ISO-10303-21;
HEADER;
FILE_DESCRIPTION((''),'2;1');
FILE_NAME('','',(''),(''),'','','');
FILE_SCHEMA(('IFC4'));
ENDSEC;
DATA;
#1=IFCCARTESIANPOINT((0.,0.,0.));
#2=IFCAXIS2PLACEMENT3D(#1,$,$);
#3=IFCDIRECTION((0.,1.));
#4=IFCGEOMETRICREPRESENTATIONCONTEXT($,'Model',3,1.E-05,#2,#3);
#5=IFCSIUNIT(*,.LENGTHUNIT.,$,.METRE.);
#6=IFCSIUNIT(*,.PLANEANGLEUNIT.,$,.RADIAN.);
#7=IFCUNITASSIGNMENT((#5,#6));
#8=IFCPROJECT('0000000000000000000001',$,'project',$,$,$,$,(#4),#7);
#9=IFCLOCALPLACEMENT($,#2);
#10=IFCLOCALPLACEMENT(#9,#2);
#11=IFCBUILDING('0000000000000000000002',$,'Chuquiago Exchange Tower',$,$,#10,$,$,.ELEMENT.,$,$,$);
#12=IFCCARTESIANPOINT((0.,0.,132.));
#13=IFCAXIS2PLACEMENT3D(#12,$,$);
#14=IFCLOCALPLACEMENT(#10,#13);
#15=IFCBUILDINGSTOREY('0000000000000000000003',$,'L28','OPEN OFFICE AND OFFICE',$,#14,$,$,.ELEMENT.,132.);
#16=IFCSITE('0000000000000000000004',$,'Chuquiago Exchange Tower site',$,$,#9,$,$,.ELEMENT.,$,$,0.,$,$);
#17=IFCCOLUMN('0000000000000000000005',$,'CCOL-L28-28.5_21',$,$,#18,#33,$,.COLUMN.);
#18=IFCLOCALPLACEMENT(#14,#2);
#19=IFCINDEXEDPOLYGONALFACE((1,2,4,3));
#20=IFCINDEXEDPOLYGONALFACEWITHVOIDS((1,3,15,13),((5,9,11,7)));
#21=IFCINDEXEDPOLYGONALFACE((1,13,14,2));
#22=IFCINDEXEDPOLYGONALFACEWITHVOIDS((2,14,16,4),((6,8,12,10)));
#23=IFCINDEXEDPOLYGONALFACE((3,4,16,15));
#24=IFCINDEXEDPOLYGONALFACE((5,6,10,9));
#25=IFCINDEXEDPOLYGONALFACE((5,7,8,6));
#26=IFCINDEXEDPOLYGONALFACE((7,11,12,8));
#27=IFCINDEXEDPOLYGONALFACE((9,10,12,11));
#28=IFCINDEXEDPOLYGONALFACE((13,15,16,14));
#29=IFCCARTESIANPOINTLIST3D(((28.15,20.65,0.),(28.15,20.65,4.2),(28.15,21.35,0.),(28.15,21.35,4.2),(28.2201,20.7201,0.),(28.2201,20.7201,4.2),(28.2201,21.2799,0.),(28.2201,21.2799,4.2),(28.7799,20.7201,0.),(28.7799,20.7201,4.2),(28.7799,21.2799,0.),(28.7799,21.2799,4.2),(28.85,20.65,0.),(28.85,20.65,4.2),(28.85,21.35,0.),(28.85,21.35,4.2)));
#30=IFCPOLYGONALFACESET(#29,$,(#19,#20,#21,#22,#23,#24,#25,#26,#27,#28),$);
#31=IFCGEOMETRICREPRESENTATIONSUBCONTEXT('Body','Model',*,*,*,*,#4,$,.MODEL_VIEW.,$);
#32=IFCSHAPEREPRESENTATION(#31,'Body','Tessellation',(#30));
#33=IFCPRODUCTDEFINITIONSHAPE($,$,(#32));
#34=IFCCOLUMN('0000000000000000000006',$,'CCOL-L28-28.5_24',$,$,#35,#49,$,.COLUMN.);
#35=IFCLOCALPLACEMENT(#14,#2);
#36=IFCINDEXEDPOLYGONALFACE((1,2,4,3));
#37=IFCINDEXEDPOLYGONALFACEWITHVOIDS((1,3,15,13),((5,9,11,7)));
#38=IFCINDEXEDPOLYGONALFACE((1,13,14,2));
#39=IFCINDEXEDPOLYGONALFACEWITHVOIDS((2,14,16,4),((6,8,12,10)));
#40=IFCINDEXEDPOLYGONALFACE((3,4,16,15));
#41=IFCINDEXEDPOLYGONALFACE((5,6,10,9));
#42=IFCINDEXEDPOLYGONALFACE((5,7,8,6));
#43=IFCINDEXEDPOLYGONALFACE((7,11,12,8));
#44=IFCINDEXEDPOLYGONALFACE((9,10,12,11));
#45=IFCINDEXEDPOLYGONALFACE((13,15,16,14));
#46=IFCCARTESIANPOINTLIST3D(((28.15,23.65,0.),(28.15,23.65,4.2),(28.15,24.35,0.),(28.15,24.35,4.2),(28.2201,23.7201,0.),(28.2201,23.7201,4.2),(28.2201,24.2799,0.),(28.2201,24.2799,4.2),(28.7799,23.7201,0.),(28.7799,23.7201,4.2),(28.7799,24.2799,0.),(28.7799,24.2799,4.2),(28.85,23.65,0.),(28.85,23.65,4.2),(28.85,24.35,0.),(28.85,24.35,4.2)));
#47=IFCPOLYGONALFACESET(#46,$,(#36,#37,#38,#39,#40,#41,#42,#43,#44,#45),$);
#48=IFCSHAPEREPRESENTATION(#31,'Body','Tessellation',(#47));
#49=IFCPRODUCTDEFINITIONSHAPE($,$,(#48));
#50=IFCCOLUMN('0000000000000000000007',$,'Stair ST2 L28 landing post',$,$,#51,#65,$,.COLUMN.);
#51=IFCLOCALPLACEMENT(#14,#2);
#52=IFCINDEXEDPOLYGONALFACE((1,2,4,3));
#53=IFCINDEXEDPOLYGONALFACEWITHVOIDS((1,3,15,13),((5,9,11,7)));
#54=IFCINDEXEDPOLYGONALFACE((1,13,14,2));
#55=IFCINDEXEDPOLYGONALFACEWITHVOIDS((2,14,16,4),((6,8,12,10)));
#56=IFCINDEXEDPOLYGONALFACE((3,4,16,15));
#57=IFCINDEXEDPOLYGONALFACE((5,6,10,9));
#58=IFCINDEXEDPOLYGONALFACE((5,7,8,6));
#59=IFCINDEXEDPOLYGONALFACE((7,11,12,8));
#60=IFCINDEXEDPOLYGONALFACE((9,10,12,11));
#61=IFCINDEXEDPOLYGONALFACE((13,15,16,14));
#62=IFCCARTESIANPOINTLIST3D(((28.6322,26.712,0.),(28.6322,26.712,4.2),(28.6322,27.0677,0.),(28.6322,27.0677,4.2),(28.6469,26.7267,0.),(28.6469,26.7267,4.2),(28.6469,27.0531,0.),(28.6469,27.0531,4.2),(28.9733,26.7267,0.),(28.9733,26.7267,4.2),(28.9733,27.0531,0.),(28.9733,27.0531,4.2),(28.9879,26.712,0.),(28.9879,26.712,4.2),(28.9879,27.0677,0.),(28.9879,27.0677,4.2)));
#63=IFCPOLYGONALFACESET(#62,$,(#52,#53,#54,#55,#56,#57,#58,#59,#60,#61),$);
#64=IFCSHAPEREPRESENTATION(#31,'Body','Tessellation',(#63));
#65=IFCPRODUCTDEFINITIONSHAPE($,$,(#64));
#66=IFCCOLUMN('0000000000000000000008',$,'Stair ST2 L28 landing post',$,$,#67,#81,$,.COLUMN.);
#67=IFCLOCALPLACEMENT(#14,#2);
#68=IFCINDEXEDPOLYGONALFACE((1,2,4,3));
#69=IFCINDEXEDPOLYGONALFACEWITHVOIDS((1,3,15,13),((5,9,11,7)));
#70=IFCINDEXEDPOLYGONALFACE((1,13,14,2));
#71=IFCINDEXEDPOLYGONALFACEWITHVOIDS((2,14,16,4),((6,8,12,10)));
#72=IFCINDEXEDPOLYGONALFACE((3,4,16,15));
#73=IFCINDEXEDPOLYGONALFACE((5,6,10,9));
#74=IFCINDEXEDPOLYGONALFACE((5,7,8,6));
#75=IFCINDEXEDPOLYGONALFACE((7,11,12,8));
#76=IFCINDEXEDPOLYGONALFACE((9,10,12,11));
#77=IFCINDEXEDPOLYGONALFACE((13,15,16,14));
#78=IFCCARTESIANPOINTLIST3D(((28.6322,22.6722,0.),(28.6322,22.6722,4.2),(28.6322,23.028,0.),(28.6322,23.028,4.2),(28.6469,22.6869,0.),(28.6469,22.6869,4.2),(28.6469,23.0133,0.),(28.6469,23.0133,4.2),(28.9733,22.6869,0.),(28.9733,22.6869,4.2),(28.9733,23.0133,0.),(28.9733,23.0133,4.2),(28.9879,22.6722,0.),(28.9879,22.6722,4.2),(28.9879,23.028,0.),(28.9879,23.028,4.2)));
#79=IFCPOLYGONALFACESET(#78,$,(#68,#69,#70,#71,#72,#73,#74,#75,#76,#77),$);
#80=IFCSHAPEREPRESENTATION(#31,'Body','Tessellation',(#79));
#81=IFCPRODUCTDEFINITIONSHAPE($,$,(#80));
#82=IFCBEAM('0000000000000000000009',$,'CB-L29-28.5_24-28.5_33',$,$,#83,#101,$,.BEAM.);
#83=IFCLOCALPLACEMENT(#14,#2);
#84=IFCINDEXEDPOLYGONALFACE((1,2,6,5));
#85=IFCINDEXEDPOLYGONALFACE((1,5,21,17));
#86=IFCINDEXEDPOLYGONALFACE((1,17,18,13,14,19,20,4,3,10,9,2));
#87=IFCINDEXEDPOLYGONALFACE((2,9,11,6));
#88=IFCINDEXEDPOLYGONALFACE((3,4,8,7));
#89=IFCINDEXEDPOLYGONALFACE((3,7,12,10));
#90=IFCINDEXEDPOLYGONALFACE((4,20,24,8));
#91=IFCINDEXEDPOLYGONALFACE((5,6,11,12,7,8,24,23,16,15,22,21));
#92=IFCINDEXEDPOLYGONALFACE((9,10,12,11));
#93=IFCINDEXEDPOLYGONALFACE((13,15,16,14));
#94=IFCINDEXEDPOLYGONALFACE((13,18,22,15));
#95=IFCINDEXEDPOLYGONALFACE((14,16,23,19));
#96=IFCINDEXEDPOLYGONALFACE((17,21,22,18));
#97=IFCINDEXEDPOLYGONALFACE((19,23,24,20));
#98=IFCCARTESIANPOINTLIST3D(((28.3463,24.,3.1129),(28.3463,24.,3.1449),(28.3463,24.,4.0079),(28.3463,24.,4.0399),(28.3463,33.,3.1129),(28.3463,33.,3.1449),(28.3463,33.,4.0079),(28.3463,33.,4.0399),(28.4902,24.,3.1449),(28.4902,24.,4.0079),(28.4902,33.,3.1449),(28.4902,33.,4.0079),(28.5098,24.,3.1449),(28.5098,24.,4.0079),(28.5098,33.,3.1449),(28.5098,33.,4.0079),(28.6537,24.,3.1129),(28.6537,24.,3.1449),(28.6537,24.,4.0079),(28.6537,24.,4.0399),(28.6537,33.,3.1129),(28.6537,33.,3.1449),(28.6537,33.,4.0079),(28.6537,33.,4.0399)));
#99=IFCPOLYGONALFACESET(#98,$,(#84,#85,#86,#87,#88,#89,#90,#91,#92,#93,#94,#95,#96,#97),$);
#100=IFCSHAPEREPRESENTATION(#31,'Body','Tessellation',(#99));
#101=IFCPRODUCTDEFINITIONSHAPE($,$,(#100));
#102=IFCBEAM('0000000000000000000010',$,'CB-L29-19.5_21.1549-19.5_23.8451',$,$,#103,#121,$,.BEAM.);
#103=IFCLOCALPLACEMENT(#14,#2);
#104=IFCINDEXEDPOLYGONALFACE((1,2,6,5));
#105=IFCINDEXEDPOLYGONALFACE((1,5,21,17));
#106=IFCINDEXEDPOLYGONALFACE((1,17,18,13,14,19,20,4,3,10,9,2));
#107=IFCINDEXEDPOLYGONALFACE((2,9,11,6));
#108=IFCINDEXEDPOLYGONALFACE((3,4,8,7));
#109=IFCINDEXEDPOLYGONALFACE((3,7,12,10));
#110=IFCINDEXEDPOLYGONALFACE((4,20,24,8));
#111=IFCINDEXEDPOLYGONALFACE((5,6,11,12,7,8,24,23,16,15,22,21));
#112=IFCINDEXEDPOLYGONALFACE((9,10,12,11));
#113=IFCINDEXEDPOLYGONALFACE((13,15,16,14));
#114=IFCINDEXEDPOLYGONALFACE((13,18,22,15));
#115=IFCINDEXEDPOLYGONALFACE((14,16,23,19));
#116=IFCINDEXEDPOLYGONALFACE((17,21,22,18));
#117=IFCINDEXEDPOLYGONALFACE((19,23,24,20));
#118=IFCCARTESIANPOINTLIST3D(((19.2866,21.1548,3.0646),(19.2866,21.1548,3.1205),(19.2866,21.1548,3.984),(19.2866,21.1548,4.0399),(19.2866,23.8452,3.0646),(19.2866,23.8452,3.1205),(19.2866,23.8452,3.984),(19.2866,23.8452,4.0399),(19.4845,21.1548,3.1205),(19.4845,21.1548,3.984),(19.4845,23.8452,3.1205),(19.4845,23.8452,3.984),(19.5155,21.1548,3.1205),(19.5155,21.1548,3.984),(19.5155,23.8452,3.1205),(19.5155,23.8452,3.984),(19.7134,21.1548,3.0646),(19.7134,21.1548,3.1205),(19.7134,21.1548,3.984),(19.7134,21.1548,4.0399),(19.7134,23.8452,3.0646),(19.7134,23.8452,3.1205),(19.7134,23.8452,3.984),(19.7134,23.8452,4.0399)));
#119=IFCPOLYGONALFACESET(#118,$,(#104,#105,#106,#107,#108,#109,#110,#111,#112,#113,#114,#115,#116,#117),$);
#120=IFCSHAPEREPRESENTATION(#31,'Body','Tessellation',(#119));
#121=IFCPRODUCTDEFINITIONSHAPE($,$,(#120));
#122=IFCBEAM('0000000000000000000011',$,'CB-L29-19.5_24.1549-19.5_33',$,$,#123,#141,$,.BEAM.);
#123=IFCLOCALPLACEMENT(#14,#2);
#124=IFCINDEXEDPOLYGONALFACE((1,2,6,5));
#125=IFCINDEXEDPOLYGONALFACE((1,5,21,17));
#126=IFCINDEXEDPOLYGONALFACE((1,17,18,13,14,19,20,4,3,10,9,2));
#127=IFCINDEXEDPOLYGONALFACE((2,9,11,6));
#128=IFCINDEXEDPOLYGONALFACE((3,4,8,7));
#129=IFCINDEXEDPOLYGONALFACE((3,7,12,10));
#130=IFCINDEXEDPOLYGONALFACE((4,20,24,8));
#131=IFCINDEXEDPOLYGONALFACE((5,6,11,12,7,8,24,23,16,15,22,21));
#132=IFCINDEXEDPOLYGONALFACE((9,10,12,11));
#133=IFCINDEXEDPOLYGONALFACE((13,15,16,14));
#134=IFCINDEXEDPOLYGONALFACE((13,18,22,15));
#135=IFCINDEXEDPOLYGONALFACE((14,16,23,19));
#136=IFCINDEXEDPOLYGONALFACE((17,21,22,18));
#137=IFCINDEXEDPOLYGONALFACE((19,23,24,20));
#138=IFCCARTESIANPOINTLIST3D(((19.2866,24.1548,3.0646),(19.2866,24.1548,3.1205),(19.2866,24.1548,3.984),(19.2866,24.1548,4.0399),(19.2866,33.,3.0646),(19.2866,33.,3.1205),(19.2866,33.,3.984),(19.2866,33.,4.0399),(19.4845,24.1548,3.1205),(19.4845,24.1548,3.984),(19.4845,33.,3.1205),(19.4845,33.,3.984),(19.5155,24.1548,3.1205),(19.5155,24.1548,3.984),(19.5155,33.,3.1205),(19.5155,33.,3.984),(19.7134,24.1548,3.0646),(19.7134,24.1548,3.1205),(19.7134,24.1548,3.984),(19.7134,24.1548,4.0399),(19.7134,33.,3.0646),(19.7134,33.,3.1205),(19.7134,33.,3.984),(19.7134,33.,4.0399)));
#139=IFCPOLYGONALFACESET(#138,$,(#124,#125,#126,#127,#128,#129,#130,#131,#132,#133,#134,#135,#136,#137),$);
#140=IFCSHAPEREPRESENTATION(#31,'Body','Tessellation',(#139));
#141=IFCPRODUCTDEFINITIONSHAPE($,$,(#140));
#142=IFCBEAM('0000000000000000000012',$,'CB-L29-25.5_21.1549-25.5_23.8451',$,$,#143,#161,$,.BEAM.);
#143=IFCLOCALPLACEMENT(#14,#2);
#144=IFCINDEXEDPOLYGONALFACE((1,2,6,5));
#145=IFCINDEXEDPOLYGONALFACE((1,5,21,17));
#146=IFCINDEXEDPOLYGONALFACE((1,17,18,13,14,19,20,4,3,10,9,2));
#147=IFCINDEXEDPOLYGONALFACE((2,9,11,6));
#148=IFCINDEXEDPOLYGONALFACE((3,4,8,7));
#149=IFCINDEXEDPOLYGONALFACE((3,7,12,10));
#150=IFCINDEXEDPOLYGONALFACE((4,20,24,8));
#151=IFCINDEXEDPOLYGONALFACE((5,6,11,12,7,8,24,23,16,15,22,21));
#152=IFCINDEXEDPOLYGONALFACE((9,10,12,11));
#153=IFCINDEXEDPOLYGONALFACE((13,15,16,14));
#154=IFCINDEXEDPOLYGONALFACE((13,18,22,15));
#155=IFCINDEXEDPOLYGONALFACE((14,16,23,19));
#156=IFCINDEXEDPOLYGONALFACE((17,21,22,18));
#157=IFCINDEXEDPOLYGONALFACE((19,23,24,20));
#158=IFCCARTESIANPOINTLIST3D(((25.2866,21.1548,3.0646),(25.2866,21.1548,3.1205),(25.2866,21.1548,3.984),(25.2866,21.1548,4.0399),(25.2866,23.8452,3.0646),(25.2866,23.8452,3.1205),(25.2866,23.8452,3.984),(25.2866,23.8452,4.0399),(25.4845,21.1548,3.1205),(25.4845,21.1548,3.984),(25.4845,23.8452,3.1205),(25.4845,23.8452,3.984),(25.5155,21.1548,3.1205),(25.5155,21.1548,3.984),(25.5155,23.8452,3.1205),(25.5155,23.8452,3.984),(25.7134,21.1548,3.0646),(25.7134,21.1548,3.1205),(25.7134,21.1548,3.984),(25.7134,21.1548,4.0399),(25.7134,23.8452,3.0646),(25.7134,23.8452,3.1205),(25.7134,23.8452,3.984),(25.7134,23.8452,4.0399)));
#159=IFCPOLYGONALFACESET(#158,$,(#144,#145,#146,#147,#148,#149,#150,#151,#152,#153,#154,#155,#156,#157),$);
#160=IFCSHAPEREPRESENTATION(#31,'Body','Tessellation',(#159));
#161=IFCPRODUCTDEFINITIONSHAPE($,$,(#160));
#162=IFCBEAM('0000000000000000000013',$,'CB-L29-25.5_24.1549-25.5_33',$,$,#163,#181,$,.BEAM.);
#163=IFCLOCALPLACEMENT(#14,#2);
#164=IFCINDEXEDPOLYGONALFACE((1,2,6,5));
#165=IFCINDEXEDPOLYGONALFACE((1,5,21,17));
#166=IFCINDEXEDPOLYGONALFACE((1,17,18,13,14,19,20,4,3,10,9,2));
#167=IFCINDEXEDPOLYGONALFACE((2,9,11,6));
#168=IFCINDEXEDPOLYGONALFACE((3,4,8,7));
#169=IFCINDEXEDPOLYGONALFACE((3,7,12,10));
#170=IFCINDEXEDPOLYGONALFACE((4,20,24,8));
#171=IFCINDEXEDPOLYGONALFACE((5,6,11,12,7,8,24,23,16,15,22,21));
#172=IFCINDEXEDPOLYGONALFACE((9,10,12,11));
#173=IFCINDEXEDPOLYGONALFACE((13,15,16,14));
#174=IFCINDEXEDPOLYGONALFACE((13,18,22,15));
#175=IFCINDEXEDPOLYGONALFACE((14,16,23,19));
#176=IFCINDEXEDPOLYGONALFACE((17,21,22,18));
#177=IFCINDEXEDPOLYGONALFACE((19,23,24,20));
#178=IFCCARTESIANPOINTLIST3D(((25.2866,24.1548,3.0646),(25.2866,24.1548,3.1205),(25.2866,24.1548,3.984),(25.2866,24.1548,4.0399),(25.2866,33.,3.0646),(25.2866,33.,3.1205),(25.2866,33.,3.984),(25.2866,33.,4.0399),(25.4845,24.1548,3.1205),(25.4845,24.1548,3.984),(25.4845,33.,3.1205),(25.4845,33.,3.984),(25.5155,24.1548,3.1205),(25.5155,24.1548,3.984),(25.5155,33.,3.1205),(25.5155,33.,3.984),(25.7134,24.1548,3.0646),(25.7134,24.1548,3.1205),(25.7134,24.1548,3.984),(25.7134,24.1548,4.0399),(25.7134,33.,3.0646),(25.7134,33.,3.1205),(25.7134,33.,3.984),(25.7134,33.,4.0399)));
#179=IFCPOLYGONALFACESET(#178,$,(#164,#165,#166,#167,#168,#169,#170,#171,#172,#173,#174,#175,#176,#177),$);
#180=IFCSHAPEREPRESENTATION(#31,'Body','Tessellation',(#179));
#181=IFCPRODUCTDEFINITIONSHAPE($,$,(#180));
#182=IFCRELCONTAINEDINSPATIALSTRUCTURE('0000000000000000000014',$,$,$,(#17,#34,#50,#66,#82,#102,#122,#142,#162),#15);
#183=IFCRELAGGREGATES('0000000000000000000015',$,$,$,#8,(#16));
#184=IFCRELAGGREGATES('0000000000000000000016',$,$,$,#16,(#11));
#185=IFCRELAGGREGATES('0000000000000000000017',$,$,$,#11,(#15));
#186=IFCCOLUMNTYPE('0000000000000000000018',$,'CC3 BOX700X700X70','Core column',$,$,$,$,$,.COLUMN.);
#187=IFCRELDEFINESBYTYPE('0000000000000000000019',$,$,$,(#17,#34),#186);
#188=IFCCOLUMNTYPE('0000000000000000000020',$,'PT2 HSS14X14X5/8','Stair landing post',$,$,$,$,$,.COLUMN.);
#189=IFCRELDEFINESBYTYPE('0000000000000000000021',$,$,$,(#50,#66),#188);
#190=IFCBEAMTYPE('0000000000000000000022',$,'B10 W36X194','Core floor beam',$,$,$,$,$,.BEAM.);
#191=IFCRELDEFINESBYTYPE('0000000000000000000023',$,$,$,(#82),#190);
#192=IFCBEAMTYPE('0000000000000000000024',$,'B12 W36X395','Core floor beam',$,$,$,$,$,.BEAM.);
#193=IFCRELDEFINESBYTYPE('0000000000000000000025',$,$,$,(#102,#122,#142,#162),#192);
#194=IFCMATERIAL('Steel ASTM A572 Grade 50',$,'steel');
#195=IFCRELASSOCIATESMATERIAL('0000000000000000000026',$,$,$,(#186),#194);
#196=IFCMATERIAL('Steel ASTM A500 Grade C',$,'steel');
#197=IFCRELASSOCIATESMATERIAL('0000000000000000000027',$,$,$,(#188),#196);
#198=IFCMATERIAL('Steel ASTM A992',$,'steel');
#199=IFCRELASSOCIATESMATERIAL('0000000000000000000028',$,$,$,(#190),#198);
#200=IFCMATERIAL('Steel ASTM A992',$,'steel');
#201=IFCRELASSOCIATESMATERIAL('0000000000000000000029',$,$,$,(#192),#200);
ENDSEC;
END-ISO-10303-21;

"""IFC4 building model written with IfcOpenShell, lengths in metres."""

from ifc_helpers import new_model, si_unit, direction, frame, origin, origin_2d, place, context, subcontext, project, spatial, hollow_rectangle, i_section, extrude, material, material_profile, profile_set, type_object, element, save


model = new_model("IFC4")

# Units and contexts
model_context = context("Model", 3, precision=1e-05, world=origin(), true_north=direction((0.0, 1.0)))
body_context = subcontext(model_context, "Body", "Model", "MODEL_VIEW")
ifc_project = project(units=[si_unit("LENGTHUNIT", "METRE"), si_unit("PLANEANGLEUNIT", "RADIAN")], contexts=[model_context])

# Site, building, storey
site_placement = place(None, origin())
site = spatial("IfcSite", under=ifc_project, at=site_placement, Name="Chuquiago Exchange Tower site", CompositionType="ELEMENT", RefElevation=0.0)
building_placement = place(site_placement, origin())
building = spatial("IfcBuilding", under=site, at=building_placement, Name="Chuquiago Exchange Tower", CompositionType="ELEMENT")
storey_placement = place(building_placement, frame((0.0, 0.0, 132.0)))
storey = spatial("IfcBuildingStorey", under=building, at=storey_placement, Name="L28", Description="OPEN OFFICE AND OFFICE", CompositionType="ELEMENT", Elevation=132.0)

# Columns
ifc_material_1 = material(Name="Steel ASTM A572 Grade 50", Category="steel")
ifc_material_profile_1 = material_profile(ifc_material_1, hollow_rectangle(XDim=0.7, YDim=0.7, WallThickness=0.0701, at=origin_2d()), Name="BOX700X700X70")
ifc_profile_set_1 = profile_set([ifc_material_profile_1], Name="Steel ASTM A572 Grade 50")
column_type_1 = type_object("IfcColumnType", Name="CC3 BOX700X700X70", Description="Core column", PredefinedType="COLUMN", material=ifc_profile_set_1)
for number, where, z_axis, x_axis, name in (
    (1, (28.5, 21.0, 0.0), (0.0, 0.0, 1.0), (1.0, 0.0, 0.0), "CCOL-L28-28.5_21"),
    (2, (28.5, 24.0, 0.0), (0.0, 0.0, 1.0), (1.0, 0.0, 0.0), "CCOL-L28-28.5_24"),
):
    element("IfcColumn", number, at=place(storey_placement, frame(where, z_axis=z_axis, x_axis=x_axis)), inside=storey, type_object=column_type_1, Name=name, PredefinedType="COLUMN", context=body_context, shape_type="SweptSolid", body=[
        extrude(hollow_rectangle(XDim=0.7, YDim=0.7, WallThickness=0.0701, at=origin_2d()), origin(), (0.0, 0.0, 1.0), 4.2),
    ])
ifc_material_2 = material(Name="Steel ASTM A500 Grade C", Category="steel")
ifc_material_profile_2 = material_profile(ifc_material_2, hollow_rectangle(XDim=0.3557, YDim=0.3557, WallThickness=0.0146, at=origin_2d()), Name="HSS14X14X5/8")
ifc_profile_set_2 = profile_set([ifc_material_profile_2], Name="Steel ASTM A500 Grade C")
column_type_2 = type_object("IfcColumnType", Name="PT2 HSS14X14X5/8", Description="Stair landing post", PredefinedType="COLUMN", material=ifc_profile_set_2)
for number, where, z_axis, x_axis, name in (
    (3, (28.8101, 26.8899, 0.0), (0.0, 0.0, 1.0), (1.0, 0.0, 0.0), "Stair ST2 L28 landing post"),
    (4, (28.8101, 22.8501, 0.0), (0.0, 0.0, 1.0), (1.0, 0.0, 0.0), "Stair ST2 L28 landing post"),
):
    element("IfcColumn", number, at=place(storey_placement, frame(where, z_axis=z_axis, x_axis=x_axis)), inside=storey, type_object=column_type_2, Name=name, PredefinedType="COLUMN", context=body_context, shape_type="SweptSolid", body=[
        extrude(hollow_rectangle(XDim=0.3557, YDim=0.3557, WallThickness=0.0146, at=origin_2d()), origin(), (0.0, 0.0, 1.0), 4.2),
    ])

# Beams
ifc_material_3 = material(Name="Steel ASTM A992", Category="steel")
ifc_material_profile_3 = material_profile(ifc_material_3, i_section(OverallWidth=0.3074, OverallDepth=0.927, WebThickness=0.0195, FlangeThickness=0.032, at=origin_2d()), Name="W36X194")
ifc_profile_set_3 = profile_set([ifc_material_profile_3], Name="Steel ASTM A992")
beam_type_1 = type_object("IfcBeamType", Name="B10 W36X194", Description="Core floor beam", PredefinedType="BEAM", material=ifc_profile_set_3)
beam_1_placement = place(storey_placement, frame((28.5, 24.0, 3.5764), z_axis=(0.0, 1.0, 0.0), x_axis=(-1.0, 0.0, 0.0)))
element("IfcBeam", 5, at=beam_1_placement, inside=storey, type_object=beam_type_1, Name="CB-L29-28.5_24-28.5_33", PredefinedType="BEAM", context=body_context, shape_type="SweptSolid", body=[
    extrude(i_section(OverallWidth=0.3074, OverallDepth=0.927, WebThickness=0.0195, FlangeThickness=0.032, at=origin_2d()), origin(), (0.0, 0.0, 1.0), 9.0),
])
ifc_material_4 = material(Name="Steel ASTM A992", Category="steel")
ifc_material_profile_4 = material_profile(ifc_material_4, i_section(OverallWidth=0.4268, OverallDepth=0.9753, WebThickness=0.031, FlangeThickness=0.0559, at=origin_2d()), Name="W36X395")
ifc_profile_set_4 = profile_set([ifc_material_profile_4], Name="Steel ASTM A992")
beam_type_2 = type_object("IfcBeamType", Name="B12 W36X395", Description="Core floor beam", PredefinedType="BEAM", material=ifc_profile_set_4)
beam_2_placement = place(storey_placement, frame((19.5, 21.1548, 3.5522), z_axis=(0.0, 1.0, 0.0), x_axis=(-1.0, 0.0, 0.0)))
element("IfcBeam", 6, at=beam_2_placement, inside=storey, type_object=beam_type_2, Name="CB-L29-19.5_21.1549-19.5_23.8451", PredefinedType="BEAM", context=body_context, shape_type="SweptSolid", body=[
    extrude(i_section(OverallWidth=0.4268, OverallDepth=0.9753, WebThickness=0.031, FlangeThickness=0.0559, at=origin_2d()), origin(), (0.0, 0.0, 1.0), 2.6904),
])
beam_3_placement = place(storey_placement, frame((19.5, 24.1548, 3.5522), z_axis=(0.0, 1.0, 0.0), x_axis=(-1.0, 0.0, 0.0)))
element("IfcBeam", 7, at=beam_3_placement, inside=storey, type_object=beam_type_2, Name="CB-L29-19.5_24.1549-19.5_33", PredefinedType="BEAM", context=body_context, shape_type="SweptSolid", body=[
    extrude(i_section(OverallWidth=0.4268, OverallDepth=0.9753, WebThickness=0.031, FlangeThickness=0.0559, at=origin_2d()), origin(), (0.0, 0.0, 1.0), 8.8452),
])
beam_4_placement = place(storey_placement, frame((25.5, 21.1548, 3.5522), z_axis=(0.0, 1.0, 0.0), x_axis=(-1.0, 0.0, 0.0)))
element("IfcBeam", 8, at=beam_4_placement, inside=storey, type_object=beam_type_2, Name="CB-L29-25.5_21.1549-25.5_23.8451", PredefinedType="BEAM", context=body_context, shape_type="SweptSolid", body=[
    extrude(i_section(OverallWidth=0.4268, OverallDepth=0.9753, WebThickness=0.031, FlangeThickness=0.0559, at=origin_2d()), origin(), (0.0, 0.0, 1.0), 2.6904),
])
beam_5_placement = place(storey_placement, frame((25.5, 24.1548, 3.5522), z_axis=(0.0, 1.0, 0.0), x_axis=(-1.0, 0.0, 0.0)))
element("IfcBeam", 9, at=beam_5_placement, inside=storey, type_object=beam_type_2, Name="CB-L29-25.5_24.1549-25.5_33", PredefinedType="BEAM", context=body_context, shape_type="SweptSolid", body=[
    extrude(i_section(OverallWidth=0.4268, OverallDepth=0.9753, WebThickness=0.031, FlangeThickness=0.0559, at=origin_2d()), origin(), (0.0, 0.0, 1.0), 8.8452),
])

save(model, "model.ifc")
